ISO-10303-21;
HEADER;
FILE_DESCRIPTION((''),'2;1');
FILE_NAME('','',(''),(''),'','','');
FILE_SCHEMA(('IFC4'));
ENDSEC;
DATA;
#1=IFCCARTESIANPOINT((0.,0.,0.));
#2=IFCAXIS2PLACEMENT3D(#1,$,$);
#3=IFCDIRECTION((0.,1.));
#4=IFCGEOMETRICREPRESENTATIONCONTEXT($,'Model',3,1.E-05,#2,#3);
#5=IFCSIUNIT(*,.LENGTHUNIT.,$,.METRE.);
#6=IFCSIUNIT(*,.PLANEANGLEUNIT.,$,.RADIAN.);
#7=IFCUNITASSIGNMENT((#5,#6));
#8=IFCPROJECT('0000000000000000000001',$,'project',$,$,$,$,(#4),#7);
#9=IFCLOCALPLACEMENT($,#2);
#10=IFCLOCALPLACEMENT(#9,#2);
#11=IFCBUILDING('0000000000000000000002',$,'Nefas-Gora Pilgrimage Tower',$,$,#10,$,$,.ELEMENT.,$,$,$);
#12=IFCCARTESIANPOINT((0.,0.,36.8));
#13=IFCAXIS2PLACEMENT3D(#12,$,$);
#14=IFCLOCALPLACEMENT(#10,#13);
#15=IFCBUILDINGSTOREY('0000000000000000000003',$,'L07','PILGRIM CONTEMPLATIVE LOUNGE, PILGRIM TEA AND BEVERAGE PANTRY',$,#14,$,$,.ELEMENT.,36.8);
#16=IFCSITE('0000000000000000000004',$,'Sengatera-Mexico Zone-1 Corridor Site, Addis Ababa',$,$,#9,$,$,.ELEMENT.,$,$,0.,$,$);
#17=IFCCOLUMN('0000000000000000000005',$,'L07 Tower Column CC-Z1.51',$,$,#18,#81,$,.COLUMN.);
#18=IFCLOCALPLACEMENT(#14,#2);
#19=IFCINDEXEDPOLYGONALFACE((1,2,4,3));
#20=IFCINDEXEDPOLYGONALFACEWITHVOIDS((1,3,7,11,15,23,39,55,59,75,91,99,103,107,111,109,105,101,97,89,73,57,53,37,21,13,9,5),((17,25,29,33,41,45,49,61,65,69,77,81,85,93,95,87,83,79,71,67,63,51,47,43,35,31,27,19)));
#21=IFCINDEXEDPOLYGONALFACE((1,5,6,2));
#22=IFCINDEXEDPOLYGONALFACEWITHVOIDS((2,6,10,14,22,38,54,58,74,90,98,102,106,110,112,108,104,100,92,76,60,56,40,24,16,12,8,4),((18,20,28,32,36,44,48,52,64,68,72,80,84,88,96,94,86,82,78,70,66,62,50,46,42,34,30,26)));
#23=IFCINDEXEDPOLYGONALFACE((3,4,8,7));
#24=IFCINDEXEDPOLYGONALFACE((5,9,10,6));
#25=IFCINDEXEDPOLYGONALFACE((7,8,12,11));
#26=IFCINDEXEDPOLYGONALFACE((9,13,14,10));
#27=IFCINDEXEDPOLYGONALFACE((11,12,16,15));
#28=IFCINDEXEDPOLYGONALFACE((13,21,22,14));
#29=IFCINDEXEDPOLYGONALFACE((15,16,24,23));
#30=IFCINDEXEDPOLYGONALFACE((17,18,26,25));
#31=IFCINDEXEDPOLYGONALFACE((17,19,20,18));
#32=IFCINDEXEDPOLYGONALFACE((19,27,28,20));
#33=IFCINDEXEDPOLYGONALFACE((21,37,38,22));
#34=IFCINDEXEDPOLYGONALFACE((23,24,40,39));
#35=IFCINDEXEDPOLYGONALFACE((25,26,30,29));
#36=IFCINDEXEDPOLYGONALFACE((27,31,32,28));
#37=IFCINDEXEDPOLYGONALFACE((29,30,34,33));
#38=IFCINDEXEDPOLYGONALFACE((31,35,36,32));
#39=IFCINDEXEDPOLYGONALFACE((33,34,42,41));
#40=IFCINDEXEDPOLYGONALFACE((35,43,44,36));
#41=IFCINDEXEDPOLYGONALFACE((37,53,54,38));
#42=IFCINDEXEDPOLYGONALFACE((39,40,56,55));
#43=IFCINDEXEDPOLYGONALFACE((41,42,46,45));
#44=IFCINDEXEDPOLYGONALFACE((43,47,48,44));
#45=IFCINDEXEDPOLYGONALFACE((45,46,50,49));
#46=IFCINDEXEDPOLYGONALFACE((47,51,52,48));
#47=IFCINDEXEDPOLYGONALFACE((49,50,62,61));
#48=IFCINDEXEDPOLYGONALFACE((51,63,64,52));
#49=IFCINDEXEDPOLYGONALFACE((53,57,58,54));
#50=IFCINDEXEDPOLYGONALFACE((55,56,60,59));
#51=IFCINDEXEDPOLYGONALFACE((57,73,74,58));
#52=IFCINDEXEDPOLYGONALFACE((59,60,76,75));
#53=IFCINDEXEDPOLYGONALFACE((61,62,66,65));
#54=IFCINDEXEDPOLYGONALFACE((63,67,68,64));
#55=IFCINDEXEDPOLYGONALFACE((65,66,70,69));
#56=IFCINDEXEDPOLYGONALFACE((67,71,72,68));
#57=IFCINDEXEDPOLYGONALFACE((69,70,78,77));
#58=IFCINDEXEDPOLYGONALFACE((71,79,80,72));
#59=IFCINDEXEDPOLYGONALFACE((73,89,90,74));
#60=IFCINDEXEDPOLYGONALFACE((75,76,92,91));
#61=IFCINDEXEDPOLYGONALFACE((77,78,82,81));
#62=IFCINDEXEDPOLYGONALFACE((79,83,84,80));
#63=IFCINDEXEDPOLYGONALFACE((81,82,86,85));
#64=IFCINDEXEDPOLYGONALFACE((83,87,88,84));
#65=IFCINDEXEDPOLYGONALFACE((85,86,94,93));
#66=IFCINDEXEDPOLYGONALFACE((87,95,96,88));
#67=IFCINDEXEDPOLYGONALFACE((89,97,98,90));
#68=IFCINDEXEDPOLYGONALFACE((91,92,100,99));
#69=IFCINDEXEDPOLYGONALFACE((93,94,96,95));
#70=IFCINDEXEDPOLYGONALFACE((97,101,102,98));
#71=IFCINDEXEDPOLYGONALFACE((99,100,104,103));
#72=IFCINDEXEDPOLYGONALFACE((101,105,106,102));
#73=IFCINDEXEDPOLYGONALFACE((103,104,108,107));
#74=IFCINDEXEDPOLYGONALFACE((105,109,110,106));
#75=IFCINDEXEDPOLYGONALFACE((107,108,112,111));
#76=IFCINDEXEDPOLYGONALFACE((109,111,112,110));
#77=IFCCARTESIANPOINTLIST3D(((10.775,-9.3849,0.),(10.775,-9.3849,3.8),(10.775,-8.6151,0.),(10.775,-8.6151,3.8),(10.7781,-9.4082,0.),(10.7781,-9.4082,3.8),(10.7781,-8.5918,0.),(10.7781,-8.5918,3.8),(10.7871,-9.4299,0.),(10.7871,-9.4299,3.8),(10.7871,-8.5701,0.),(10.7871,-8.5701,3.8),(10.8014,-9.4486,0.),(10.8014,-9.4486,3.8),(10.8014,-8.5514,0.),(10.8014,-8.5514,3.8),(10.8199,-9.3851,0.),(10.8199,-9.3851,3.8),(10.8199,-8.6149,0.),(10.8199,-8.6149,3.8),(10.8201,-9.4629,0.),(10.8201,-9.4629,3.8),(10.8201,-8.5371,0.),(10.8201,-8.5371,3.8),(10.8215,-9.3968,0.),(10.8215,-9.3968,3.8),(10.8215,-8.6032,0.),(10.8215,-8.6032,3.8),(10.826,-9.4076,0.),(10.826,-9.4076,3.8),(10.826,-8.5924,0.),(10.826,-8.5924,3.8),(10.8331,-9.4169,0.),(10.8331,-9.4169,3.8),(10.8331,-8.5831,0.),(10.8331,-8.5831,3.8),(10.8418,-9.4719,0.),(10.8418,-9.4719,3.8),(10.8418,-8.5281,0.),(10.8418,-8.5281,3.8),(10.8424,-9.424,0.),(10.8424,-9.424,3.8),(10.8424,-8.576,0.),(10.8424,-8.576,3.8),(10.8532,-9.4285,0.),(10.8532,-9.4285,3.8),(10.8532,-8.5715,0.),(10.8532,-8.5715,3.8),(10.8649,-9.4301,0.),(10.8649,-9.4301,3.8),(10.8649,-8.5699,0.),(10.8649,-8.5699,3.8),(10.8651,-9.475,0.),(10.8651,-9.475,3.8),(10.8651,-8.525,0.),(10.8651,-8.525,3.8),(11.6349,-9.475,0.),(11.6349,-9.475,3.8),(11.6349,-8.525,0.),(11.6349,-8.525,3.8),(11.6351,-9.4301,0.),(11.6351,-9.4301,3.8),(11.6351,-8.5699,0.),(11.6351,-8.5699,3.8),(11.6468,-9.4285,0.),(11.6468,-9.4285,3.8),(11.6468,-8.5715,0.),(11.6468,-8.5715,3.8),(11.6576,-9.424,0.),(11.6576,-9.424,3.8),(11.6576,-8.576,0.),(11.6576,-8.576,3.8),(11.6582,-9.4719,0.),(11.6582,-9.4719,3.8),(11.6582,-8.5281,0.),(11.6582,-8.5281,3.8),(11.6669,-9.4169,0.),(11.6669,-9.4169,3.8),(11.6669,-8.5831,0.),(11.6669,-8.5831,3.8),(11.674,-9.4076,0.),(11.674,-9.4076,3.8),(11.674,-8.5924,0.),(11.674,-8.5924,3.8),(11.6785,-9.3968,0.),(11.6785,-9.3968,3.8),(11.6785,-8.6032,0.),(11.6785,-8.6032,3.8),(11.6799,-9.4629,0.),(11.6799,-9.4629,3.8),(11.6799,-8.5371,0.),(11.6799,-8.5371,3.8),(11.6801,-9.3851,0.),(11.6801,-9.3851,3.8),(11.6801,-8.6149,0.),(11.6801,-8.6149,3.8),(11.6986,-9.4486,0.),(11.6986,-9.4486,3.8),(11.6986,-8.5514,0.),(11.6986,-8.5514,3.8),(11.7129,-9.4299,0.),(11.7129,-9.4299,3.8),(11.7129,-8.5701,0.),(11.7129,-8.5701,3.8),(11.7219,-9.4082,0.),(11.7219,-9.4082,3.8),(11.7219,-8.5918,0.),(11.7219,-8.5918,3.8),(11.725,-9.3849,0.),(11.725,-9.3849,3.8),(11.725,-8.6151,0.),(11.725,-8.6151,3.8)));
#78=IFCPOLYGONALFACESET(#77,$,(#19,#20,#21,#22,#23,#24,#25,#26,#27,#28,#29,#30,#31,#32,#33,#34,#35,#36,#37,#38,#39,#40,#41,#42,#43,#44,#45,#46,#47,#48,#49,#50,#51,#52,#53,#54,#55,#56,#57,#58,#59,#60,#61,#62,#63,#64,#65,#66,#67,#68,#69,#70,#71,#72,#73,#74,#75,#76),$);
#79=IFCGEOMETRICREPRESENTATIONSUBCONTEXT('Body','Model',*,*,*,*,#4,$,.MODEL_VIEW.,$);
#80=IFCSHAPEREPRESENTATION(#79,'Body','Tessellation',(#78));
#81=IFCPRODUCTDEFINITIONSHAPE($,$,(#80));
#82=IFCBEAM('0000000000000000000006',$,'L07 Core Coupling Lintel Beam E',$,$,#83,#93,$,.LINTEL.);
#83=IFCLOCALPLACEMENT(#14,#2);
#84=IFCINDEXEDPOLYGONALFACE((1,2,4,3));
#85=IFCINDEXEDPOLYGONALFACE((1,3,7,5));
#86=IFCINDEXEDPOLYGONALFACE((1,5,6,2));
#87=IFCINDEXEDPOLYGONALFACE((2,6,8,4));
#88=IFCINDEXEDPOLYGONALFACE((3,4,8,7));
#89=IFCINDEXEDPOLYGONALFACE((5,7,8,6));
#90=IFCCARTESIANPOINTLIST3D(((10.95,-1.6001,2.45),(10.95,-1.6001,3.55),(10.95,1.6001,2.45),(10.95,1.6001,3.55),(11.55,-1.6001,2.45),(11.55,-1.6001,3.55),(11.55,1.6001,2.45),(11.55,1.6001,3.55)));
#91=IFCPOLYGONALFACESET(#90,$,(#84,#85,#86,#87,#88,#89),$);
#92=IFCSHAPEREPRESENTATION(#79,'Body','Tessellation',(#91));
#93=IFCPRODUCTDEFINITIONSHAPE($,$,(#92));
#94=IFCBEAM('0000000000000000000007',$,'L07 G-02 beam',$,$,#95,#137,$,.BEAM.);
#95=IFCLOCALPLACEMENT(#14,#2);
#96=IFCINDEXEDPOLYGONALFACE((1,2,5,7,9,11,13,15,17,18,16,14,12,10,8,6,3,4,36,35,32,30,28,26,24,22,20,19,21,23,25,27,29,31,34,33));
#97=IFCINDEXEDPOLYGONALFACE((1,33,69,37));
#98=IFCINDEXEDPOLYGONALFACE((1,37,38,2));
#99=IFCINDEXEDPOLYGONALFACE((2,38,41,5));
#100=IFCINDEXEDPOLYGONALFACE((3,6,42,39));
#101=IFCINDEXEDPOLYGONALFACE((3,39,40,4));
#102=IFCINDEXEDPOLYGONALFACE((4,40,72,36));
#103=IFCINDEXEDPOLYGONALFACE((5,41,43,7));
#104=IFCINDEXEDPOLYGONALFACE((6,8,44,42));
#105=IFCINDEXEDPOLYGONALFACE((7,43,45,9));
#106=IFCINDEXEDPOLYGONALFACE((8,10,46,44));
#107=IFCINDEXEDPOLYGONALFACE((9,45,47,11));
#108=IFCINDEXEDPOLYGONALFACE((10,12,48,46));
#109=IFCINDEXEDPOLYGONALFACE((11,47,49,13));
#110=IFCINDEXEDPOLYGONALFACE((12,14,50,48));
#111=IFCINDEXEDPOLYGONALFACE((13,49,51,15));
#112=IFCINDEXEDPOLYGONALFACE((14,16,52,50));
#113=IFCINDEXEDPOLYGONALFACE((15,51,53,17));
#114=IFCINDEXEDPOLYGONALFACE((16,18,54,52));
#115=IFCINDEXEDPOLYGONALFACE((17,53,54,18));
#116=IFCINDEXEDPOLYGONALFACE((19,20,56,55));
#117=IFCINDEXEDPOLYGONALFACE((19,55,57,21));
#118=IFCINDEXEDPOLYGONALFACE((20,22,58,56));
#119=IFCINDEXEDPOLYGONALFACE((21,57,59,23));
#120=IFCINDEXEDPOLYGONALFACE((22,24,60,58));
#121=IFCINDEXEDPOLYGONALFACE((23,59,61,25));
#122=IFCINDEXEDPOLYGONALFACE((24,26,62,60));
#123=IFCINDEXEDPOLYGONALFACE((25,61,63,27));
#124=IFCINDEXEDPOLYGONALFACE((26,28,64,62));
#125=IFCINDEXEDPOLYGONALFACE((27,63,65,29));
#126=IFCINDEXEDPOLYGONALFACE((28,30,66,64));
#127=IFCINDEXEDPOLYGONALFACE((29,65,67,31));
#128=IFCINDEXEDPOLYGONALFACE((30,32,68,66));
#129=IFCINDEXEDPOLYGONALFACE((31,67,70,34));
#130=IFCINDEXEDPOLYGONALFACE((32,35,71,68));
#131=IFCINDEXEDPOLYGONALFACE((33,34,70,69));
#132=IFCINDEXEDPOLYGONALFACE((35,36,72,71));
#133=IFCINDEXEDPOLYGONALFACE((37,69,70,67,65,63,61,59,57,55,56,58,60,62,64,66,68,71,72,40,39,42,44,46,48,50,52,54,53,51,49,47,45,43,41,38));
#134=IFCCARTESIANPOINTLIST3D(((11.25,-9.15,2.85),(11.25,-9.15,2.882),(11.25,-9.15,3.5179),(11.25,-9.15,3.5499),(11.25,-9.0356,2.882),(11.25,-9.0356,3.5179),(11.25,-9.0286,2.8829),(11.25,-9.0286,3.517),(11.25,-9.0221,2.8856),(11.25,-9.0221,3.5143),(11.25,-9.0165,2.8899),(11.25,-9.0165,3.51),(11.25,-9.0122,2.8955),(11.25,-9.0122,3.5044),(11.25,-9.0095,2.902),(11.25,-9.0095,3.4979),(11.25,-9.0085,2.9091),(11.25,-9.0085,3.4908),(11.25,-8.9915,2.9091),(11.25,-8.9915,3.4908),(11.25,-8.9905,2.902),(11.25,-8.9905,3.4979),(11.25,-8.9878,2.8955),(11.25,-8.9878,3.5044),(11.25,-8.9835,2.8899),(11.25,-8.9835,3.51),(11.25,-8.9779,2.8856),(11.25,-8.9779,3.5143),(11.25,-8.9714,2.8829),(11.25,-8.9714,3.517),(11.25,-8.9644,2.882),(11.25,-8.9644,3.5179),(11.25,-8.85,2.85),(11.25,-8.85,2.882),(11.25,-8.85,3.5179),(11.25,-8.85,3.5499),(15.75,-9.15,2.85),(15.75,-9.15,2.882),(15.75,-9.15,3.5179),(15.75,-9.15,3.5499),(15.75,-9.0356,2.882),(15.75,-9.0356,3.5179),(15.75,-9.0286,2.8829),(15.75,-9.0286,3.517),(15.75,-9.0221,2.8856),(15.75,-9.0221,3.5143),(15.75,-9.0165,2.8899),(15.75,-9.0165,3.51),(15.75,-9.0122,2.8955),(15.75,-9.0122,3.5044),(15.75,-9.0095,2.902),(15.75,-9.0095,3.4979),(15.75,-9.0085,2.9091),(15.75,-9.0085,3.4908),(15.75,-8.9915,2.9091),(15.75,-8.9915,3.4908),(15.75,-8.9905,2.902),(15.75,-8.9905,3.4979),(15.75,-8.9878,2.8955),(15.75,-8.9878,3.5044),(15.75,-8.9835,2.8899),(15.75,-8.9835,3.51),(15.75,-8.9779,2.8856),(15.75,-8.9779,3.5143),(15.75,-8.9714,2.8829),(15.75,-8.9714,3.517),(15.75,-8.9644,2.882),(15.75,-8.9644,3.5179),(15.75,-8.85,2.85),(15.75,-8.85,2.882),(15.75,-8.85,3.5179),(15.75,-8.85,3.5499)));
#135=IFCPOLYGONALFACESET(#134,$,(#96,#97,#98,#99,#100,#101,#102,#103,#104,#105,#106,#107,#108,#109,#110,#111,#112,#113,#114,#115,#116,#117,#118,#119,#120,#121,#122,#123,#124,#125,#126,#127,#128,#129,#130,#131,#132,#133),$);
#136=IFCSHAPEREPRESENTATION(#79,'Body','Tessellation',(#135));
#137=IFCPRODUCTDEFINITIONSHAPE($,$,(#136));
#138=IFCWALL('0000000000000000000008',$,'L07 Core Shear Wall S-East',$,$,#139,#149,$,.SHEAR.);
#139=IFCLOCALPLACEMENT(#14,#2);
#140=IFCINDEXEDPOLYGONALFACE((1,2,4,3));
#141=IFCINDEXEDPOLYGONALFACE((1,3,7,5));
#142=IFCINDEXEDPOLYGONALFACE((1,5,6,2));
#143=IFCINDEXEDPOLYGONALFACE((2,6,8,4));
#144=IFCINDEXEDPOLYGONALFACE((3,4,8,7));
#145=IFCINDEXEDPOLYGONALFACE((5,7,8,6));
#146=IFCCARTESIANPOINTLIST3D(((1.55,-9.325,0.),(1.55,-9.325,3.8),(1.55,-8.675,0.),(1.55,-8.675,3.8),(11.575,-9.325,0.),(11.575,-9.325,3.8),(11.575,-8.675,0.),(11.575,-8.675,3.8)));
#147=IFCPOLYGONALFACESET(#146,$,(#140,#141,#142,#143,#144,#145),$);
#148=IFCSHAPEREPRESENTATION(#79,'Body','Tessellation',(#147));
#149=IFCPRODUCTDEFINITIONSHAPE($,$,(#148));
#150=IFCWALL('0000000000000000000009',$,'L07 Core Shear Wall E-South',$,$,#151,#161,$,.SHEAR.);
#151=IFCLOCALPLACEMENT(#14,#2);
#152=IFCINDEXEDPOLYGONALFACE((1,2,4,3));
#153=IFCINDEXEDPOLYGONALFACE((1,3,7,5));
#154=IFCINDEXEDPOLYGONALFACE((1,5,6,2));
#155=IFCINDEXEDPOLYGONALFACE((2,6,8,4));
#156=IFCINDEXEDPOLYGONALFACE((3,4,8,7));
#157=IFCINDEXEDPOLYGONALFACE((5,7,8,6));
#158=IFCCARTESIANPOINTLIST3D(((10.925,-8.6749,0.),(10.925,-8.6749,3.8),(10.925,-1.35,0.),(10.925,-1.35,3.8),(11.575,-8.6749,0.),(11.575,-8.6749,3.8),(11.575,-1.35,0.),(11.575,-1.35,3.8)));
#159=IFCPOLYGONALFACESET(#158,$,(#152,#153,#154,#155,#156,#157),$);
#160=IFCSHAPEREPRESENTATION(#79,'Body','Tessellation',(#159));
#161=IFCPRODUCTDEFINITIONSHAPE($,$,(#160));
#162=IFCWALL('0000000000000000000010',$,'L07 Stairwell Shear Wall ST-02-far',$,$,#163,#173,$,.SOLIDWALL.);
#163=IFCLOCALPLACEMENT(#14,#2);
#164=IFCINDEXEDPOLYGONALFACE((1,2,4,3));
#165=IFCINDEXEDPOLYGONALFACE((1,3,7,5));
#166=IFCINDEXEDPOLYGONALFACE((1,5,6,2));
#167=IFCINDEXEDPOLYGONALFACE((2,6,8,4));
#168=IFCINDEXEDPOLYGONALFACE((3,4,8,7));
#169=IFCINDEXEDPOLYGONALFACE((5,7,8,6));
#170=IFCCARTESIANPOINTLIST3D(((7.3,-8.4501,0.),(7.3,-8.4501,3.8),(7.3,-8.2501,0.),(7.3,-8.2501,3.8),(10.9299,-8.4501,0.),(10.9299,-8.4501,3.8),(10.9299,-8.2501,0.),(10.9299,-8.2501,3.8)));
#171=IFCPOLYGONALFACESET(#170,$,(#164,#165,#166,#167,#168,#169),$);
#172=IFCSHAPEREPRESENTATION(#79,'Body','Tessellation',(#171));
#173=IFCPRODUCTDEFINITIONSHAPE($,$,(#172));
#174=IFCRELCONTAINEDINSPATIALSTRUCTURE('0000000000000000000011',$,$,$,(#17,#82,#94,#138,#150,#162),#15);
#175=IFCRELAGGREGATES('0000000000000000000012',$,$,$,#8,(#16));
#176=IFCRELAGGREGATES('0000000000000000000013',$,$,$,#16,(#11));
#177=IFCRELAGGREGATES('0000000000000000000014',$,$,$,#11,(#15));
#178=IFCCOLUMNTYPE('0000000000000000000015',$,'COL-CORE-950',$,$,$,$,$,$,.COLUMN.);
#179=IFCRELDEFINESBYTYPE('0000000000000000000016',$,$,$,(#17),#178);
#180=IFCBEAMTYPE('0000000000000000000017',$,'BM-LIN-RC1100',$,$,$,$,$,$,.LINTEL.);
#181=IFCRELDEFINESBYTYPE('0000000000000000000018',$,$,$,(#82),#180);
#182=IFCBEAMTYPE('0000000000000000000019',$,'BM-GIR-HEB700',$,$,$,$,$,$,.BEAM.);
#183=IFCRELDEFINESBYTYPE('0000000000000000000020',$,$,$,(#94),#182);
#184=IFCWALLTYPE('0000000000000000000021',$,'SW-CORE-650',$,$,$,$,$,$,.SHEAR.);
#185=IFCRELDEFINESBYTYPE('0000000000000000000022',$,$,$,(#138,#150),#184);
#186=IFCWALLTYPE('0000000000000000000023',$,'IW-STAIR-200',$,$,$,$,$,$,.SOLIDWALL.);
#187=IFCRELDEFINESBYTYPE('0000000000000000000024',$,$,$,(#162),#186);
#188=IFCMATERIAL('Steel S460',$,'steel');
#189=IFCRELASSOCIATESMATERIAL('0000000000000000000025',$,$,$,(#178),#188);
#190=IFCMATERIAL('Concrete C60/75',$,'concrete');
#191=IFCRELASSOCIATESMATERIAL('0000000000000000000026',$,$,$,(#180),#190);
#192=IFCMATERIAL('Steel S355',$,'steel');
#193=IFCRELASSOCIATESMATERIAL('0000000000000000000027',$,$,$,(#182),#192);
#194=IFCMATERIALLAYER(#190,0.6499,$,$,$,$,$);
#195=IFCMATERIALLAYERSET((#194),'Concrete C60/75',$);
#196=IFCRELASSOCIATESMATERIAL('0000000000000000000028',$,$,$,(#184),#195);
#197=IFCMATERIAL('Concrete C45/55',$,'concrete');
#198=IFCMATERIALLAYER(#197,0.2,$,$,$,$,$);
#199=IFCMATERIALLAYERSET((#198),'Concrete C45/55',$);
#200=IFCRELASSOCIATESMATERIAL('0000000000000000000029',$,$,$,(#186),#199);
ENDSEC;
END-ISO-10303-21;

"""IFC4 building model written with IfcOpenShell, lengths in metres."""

from ifc_helpers import new_model, si_unit, direction, frame, frame_2d, origin, origin_2d, place, context, subcontext, project, spatial, rectangle, hollow_rectangle, i_section, extrude, source, transform, mapped, material, layer, layer_set, material_profile, profile_set, type_object, element, save


model = new_model("IFC4")

# Units and contexts
model_context = context("Model", 3, precision=1e-05, world=origin(), true_north=direction((0.0, 1.0)))
body_context = subcontext(model_context, "Body", "Model", "MODEL_VIEW")
ifc_project = project(units=[si_unit("LENGTHUNIT", "METRE"), si_unit("PLANEANGLEUNIT", "RADIAN")], contexts=[model_context])

# Site, building, storey
site_placement = place(None, origin())
site = spatial("IfcSite", under=ifc_project, at=site_placement, Name="Sengatera-Mexico Zone-1 Corridor Site, Addis Ababa", CompositionType="ELEMENT", RefElevation=0.0)
building_placement = place(site_placement, origin())
building = spatial("IfcBuilding", under=site, at=building_placement, Name="Nefas-Gora Pilgrimage Tower", CompositionType="ELEMENT")
storey_placement = place(building_placement, frame((0.0, 0.0, 36.8)))
storey = spatial("IfcBuildingStorey", under=building, at=storey_placement, Name="L07", Description="PILGRIM CONTEMPLATIVE LOUNGE, PILGRIM TEA AND BEVERAGE PANTRY", CompositionType="ELEMENT", Elevation=36.8)

# Column
ifc_material_1 = material(Name="Steel S460", Category="steel")
ifc_material_profile_1 = material_profile(ifc_material_1, hollow_rectangle(XDim=0.95, YDim=0.95, WallThickness=0.0449, InnerFilletRadius=0.0449, OuterFilletRadius=0.0901, at=origin_2d()), Name="BOX 950x950x45")
ifc_profile_set_1 = profile_set([ifc_material_profile_1], Name="Steel S460")
column_type = type_object("IfcColumnType", Name="COL-CORE-950", PredefinedType="COLUMN", material=ifc_profile_set_1)
shared_shape_1 = source(origin(), body_context, "Body", "SweptSolid", [
    extrude(hollow_rectangle(XDim=0.95, YDim=0.95, WallThickness=0.0449, InnerFilletRadius=0.0449, OuterFilletRadius=0.0901, at=origin_2d()), origin(), (0.0, 0.0, 1.0), 3.8),
])
column_placement = place(storey_placement, frame((11.25, -9.0, 0.0), z_axis=(0.0, 0.0, 1.0), x_axis=(1.0, 0.0, 0.0)))
element("IfcColumn", 1, at=column_placement, inside=storey, type_object=column_type, Name="L07 Tower Column CC-Z1.51", PredefinedType="COLUMN", context=body_context, shape_type="MappedRepresentation", body=[
    mapped(shared_shape_1, transform((0.0, 0.0, 0.0), x_axis=(1.0, 0.0, 0.0), y_axis=(0.0, 1.0, 0.0), z_axis=(0.0, 0.0, 1.0), scale=1.0)),
])

# Beams
ifc_material_2 = material(Name="Concrete C60/75", Category="concrete")
ifc_material_profile_2 = material_profile(ifc_material_2, rectangle(XDim=0.6001, YDim=1.1001, at=origin_2d()), Name="RC 600x1100")
ifc_profile_set_2 = profile_set([ifc_material_profile_2], Name="Concrete C60/75")
beam_type_1 = type_object("IfcBeamType", Name="BM-LIN-RC1100", PredefinedType="LINTEL", material=ifc_profile_set_2)
shared_shape_2 = source(origin(), body_context, "Body", "SweptSolid", [
    extrude(rectangle(XDim=0.6001, YDim=1.1001, at=origin_2d()), origin(), (0.0, 0.0, 1.0), 3.2002),
])
beam_1_placement = place(storey_placement, frame((11.25, -1.6001, 3.0), z_axis=(0.0, 1.0, 0.0), x_axis=(-1.0, 0.0, 0.0)))
element("IfcBeam", 2, at=beam_1_placement, inside=storey, type_object=beam_type_1, Name="L07 Core Coupling Lintel Beam E", PredefinedType="LINTEL", context=body_context, shape_type="MappedRepresentation", body=[
    mapped(shared_shape_2, transform((0.0, 0.0, 0.0), x_axis=(1.0, 0.0, 0.0), y_axis=(0.0, 1.0, 0.0), z_axis=(0.0, 0.0, 1.0), scale=1.0)),
])
ifc_material_3 = material(Name="Steel S355", Category="steel")
ifc_material_profile_3 = material_profile(ifc_material_3, i_section(OverallWidth=0.3, OverallDepth=0.7, WebThickness=0.0171, FlangeThickness=0.032, FilletRadius=0.0271, at=origin_2d()), Name="HEB 700")
ifc_profile_set_3 = profile_set([ifc_material_profile_3], Name="Steel S355")
beam_type_2 = type_object("IfcBeamType", Name="BM-GIR-HEB700", PredefinedType="BEAM", material=ifc_profile_set_3)
shared_shape_3 = source(origin(), body_context, "Body", "SweptSolid", [
    extrude(i_section(OverallWidth=0.3, OverallDepth=0.7, WebThickness=0.0171, FlangeThickness=0.032, FilletRadius=0.0271, at=origin_2d()), origin(), (0.0, 0.0, 1.0), 4.5),
])
beam_2_placement = place(storey_placement, frame((11.25, -9.0, 3.2), z_axis=(1.0, 0.0, 0.0), x_axis=(0.0, 1.0, 0.0)))
element("IfcBeam", 3, at=beam_2_placement, inside=storey, type_object=beam_type_2, Name="L07 G-02 beam", PredefinedType="BEAM", context=body_context, shape_type="MappedRepresentation", body=[
    mapped(shared_shape_3, transform((0.0, 0.0, 0.0), x_axis=(1.0, 0.0, 0.0), y_axis=(0.0, 1.0, 0.0), z_axis=(0.0, 0.0, 1.0), scale=1.0)),
])

# Walls
ifc_layer_1 = layer(ifc_material_2, 0.6499)
ifc_layer_set_1 = layer_set([ifc_layer_1], Name="Concrete C60/75")
wall_type_1 = type_object("IfcWallType", Name="SW-CORE-650", PredefinedType="SHEAR", material=ifc_layer_set_1)
shared_shape_4 = source(origin(), body_context, "Body", "SweptSolid", [
    extrude(rectangle(XDim=10.0249, YDim=0.6499, at=frame_2d((5.0125, 0.0))), origin(), (0.0, 0.0, 1.0), 3.8),
])
wall_1_placement = place(storey_placement, frame((1.55, -9.0, 0.0), z_axis=(0.0, 0.0, 1.0), x_axis=(1.0, 0.0, 0.0)))
element("IfcWall", 4, at=wall_1_placement, inside=storey, type_object=wall_type_1, Name="L07 Core Shear Wall S-East", PredefinedType="SHEAR", context=body_context, shape_type="MappedRepresentation", body=[
    mapped(shared_shape_4, transform((0.0, 0.0, 0.0), x_axis=(1.0, 0.0, 0.0), y_axis=(0.0, 1.0, 0.0), z_axis=(0.0, 0.0, 1.0), scale=1.0)),
])
shared_shape_5 = source(origin(), body_context, "Body", "SweptSolid", [
    extrude(rectangle(XDim=7.325, YDim=0.6499, at=frame_2d((3.6626, 0.0))), origin(), (0.0, 0.0, 1.0), 3.8),
])
wall_2_placement = place(storey_placement, frame((11.25, -8.675, 0.0), z_axis=(0.0, 0.0, 1.0), x_axis=(0.0, 1.0, 0.0)))
element("IfcWall", 5, at=wall_2_placement, inside=storey, type_object=wall_type_1, Name="L07 Core Shear Wall E-South", PredefinedType="SHEAR", context=body_context, shape_type="MappedRepresentation", body=[
    mapped(shared_shape_5, transform((0.0, 0.0, 0.0), x_axis=(1.0, 0.0, 0.0), y_axis=(0.0, 1.0, 0.0), z_axis=(0.0, 0.0, 1.0), scale=1.0)),
])
ifc_material_4 = material(Name="Concrete C45/55", Category="concrete")
ifc_layer_2 = layer(ifc_material_4, 0.2)
ifc_layer_set_2 = layer_set([ifc_layer_2], Name="Concrete C45/55")
wall_type_2 = type_object("IfcWallType", Name="IW-STAIR-200", PredefinedType="SOLIDWALL", material=ifc_layer_set_2)
shared_shape_6 = source(origin(), body_context, "Body", "SweptSolid", [
    extrude(rectangle(XDim=3.6299, YDim=0.2, at=frame_2d((1.8149, 0.0))), origin(), (0.0, 0.0, 1.0), 3.8),
])
wall_3_placement = place(storey_placement, frame((7.3, -8.3501, 0.0), z_axis=(0.0, 0.0, 1.0), x_axis=(1.0, 0.0, 0.0)))
element("IfcWall", 6, at=wall_3_placement, inside=storey, type_object=wall_type_2, Name="L07 Stairwell Shear Wall ST-02-far", PredefinedType="SOLIDWALL", context=body_context, shape_type="MappedRepresentation", body=[
    mapped(shared_shape_6, transform((0.0, 0.0, 0.0), x_axis=(1.0, 0.0, 0.0), y_axis=(0.0, 1.0, 0.0), z_axis=(0.0, 0.0, 1.0), scale=1.0)),
])

save(model, "model.ifc")
